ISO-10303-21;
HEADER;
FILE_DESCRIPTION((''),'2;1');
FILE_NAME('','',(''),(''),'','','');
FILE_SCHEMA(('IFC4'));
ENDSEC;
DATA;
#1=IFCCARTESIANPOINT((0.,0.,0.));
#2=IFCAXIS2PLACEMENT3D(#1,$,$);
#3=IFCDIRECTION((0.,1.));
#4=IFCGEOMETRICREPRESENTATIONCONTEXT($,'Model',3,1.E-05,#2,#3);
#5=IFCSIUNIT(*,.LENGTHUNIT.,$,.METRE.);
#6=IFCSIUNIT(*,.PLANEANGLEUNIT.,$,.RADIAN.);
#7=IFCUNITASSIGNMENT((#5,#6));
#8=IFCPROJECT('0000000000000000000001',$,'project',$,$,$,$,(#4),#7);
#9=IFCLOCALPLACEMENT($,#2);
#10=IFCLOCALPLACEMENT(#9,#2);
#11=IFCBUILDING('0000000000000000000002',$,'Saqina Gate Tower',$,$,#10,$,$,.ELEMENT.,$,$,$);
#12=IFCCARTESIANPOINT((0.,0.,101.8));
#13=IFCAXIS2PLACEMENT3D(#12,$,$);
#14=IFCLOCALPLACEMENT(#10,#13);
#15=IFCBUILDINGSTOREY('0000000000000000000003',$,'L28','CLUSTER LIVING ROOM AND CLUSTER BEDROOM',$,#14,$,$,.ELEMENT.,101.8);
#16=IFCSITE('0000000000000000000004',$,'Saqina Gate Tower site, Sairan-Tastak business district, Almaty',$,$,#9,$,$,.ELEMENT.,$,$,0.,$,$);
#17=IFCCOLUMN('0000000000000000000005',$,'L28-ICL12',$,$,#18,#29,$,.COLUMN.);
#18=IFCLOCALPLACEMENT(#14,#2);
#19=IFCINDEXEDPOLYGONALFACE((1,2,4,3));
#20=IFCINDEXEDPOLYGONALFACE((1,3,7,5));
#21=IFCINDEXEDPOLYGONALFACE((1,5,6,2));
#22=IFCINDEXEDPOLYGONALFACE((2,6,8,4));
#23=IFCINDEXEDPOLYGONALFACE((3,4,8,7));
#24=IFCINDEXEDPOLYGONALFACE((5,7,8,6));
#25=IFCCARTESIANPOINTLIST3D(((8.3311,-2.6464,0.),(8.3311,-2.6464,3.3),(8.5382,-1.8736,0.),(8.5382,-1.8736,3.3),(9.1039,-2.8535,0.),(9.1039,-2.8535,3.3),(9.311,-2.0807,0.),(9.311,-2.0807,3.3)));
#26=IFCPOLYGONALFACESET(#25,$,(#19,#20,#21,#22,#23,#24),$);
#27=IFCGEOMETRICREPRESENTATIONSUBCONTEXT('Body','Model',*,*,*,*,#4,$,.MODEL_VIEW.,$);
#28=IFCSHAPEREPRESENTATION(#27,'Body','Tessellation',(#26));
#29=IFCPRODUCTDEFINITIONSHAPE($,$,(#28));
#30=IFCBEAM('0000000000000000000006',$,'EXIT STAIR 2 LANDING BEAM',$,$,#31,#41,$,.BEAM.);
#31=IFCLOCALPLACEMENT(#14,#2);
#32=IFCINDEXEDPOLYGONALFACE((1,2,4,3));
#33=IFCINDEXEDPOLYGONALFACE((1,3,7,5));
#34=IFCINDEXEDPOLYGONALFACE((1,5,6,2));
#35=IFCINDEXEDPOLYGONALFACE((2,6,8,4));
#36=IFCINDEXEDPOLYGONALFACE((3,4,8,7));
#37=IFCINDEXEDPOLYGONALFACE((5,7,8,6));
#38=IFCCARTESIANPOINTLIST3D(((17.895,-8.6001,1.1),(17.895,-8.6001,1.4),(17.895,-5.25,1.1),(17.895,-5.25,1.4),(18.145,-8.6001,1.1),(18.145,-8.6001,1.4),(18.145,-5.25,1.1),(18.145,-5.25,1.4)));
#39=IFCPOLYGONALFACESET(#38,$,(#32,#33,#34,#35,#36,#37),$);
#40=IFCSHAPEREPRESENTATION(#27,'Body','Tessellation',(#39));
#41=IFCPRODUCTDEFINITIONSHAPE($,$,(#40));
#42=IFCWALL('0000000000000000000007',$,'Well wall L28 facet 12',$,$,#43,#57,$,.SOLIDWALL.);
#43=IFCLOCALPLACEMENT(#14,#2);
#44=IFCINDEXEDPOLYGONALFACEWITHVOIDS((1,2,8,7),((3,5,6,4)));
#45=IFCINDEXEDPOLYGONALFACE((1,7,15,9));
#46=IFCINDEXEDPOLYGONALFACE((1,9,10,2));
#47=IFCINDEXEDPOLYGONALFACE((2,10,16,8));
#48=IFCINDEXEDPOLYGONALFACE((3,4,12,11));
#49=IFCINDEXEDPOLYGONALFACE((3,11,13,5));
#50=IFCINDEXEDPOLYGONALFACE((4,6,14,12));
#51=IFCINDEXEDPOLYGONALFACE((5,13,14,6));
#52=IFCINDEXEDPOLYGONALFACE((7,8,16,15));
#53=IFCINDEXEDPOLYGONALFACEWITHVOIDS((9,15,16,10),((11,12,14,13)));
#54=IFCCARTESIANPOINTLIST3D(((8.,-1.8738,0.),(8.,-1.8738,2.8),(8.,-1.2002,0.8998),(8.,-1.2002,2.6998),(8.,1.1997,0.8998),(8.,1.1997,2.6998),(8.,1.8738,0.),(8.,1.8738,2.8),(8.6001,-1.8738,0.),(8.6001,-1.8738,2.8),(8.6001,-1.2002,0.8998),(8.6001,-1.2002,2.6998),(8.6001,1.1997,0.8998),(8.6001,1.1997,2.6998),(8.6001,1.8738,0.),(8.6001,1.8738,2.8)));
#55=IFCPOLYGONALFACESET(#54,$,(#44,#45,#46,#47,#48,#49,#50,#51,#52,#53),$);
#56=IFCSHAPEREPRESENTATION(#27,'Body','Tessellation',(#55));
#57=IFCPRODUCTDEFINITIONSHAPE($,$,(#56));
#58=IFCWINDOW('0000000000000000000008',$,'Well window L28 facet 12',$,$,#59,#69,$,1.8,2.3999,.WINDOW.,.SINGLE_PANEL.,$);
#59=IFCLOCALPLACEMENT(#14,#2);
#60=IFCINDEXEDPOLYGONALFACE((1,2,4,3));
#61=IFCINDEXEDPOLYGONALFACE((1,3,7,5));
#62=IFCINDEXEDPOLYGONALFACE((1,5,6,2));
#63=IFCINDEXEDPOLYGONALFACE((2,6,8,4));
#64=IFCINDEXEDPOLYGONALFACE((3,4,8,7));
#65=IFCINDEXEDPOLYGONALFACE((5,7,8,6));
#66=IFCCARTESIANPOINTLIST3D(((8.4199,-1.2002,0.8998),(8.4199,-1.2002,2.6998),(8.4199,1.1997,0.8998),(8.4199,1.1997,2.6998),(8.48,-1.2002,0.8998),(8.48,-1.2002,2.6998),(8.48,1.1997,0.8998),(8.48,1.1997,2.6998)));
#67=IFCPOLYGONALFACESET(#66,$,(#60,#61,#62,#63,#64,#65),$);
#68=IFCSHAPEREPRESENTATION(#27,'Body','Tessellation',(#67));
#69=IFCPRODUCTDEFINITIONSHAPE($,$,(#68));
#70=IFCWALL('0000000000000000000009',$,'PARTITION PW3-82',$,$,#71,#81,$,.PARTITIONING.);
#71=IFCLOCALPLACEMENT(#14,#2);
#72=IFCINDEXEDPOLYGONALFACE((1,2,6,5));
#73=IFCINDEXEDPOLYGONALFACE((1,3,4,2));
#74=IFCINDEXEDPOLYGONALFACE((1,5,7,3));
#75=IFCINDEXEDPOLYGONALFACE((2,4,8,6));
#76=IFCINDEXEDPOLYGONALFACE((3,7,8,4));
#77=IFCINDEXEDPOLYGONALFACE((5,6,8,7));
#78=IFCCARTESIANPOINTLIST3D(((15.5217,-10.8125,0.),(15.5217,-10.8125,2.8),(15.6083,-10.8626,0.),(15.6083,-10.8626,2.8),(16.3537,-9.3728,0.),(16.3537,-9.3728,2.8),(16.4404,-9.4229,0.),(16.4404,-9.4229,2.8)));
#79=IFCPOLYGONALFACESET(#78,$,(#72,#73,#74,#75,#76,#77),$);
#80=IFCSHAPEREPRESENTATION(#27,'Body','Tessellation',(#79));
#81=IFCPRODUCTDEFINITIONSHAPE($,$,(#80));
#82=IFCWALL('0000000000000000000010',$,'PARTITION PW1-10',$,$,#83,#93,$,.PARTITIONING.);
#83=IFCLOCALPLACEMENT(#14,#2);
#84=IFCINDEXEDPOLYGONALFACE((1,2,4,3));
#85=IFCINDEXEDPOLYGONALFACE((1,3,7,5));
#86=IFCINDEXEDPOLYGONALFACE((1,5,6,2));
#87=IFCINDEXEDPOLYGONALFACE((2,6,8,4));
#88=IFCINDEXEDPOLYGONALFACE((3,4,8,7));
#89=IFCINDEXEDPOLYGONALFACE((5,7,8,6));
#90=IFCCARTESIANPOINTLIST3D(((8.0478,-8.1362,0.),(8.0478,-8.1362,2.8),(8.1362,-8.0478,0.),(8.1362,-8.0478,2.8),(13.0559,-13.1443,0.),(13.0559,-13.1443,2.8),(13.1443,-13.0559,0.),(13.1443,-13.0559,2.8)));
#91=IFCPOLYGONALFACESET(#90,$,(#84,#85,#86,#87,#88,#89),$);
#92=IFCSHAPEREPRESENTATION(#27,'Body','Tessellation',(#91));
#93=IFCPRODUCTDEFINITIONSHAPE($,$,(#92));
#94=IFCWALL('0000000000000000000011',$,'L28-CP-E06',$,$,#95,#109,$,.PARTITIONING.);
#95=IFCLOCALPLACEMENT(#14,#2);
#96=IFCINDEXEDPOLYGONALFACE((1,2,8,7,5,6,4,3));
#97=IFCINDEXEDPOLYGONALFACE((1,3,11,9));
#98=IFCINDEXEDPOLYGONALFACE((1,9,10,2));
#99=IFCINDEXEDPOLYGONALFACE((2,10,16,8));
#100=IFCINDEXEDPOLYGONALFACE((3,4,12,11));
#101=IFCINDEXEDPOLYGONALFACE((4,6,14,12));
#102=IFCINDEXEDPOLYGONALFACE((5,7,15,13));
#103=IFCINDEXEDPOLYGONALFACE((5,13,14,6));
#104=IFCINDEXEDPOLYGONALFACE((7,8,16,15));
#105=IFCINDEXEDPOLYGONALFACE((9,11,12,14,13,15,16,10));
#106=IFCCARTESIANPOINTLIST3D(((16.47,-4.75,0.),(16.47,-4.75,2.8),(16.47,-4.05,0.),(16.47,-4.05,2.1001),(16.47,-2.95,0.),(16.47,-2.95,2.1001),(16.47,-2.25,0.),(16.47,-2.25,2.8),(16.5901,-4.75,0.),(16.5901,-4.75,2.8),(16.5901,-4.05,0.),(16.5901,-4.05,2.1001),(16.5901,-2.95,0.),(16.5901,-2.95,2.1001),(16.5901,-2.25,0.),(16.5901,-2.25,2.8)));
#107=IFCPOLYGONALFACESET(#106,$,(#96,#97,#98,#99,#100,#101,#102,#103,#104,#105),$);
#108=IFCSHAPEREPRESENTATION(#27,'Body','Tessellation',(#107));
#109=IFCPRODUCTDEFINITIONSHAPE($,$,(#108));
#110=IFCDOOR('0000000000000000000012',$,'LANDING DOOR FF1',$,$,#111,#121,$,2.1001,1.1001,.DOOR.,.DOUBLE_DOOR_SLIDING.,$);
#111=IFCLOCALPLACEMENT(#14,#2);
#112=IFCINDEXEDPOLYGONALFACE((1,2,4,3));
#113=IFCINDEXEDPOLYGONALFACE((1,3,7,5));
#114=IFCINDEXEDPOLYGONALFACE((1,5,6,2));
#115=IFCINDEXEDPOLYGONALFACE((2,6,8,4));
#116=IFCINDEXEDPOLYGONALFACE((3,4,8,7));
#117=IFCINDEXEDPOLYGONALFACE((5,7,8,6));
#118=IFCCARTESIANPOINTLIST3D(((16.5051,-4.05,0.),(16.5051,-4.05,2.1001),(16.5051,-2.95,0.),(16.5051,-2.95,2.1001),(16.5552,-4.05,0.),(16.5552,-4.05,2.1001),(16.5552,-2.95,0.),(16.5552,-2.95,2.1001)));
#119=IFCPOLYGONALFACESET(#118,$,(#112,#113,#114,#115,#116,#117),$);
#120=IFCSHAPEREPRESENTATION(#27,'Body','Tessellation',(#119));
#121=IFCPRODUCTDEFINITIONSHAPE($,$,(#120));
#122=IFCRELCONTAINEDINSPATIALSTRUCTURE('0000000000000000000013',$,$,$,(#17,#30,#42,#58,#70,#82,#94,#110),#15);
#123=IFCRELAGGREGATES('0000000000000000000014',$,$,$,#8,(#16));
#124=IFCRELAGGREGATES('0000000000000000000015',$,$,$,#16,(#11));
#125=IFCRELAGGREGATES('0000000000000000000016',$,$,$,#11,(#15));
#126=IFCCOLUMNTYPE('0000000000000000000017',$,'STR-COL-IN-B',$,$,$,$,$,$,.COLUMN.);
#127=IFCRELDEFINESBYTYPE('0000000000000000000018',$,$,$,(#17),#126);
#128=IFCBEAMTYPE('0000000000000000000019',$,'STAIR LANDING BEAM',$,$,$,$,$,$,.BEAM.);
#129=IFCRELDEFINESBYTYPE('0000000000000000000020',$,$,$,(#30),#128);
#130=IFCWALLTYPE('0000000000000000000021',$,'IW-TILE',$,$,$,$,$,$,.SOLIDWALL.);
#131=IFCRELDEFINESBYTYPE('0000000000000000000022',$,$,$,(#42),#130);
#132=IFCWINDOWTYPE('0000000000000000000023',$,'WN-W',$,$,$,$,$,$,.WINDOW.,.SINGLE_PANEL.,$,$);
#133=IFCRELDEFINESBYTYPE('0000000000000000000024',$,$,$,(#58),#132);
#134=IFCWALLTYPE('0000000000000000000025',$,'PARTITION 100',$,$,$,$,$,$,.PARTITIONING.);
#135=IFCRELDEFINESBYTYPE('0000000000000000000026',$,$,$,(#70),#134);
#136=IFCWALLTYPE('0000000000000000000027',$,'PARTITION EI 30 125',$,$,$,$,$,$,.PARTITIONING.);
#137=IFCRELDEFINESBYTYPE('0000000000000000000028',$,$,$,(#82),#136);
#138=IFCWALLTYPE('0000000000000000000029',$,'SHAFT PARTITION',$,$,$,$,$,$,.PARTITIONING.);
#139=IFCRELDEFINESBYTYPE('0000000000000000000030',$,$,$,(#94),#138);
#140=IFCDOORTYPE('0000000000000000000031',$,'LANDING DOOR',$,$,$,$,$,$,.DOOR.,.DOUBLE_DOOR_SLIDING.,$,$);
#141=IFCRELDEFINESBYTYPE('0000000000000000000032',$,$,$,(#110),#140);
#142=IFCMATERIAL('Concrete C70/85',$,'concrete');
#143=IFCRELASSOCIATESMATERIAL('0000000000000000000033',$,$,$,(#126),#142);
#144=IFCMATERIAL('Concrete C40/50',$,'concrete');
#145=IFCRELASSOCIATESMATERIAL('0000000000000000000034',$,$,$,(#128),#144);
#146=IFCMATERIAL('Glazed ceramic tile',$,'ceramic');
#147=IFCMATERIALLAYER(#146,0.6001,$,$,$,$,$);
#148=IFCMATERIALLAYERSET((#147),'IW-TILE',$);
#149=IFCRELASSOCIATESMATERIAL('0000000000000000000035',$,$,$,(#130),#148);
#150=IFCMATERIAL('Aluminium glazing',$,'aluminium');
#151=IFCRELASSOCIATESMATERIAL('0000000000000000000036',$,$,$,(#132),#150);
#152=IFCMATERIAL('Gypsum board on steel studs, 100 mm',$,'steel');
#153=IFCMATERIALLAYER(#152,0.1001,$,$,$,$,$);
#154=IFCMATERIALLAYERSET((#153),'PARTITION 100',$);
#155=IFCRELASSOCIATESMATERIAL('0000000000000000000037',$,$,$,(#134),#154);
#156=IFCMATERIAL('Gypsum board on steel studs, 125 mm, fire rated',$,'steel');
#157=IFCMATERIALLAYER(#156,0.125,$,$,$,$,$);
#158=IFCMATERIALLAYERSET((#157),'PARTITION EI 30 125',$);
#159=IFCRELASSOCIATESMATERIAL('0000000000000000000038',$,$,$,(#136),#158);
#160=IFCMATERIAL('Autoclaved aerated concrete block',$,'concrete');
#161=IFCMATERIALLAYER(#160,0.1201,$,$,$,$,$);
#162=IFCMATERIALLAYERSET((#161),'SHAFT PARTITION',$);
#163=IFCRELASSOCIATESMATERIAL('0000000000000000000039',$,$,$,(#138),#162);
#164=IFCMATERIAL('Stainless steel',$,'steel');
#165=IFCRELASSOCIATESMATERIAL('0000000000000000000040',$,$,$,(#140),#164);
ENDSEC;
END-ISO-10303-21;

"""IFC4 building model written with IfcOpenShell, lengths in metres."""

from ifc_helpers import new_model, si_unit, direction, frame, frame_2d, origin, origin_2d, place, context, subcontext, project, spatial, rectangle, extrude, material, layer, layer_set, material_profile, profile_set, type_object, element, fill, save


model = new_model("IFC4")

# Units and contexts
model_context = context("Model", 3, precision=1e-05, world=origin(), true_north=direction((0.0, 1.0)))
body_context = subcontext(model_context, "Body", "Model", "MODEL_VIEW")
ifc_project = project(units=[si_unit("LENGTHUNIT", "METRE"), si_unit("PLANEANGLEUNIT", "RADIAN")], contexts=[model_context])

# Site, building, storey
site_placement = place(None, origin())
site = spatial("IfcSite", under=ifc_project, at=site_placement, Name="Saqina Gate Tower site, Sairan-Tastak business district, Almaty", CompositionType="ELEMENT", RefElevation=0.0)
building_placement = place(site_placement, origin())
building = spatial("IfcBuilding", under=site, at=building_placement, Name="Saqina Gate Tower", CompositionType="ELEMENT")
storey_placement = place(building_placement, frame((0.0, 0.0, 101.8)))
storey = spatial("IfcBuildingStorey", under=building, at=storey_placement, Name="L28", Description="CLUSTER LIVING ROOM AND CLUSTER BEDROOM", CompositionType="ELEMENT", Elevation=101.8)

# Column
ifc_material_1 = material(Name="Concrete C70/85", Category="concrete")
ifc_material_profile_1 = material_profile(ifc_material_1, rectangle(XDim=0.8, YDim=0.8, at=origin_2d()), Name="RC 800x800")
ifc_profile_set_1 = profile_set([ifc_material_profile_1], Name="Concrete C70/85")
column_type = type_object("IfcColumnType", Name="STR-COL-IN-B", PredefinedType="COLUMN", material=ifc_profile_set_1)
column_placement = place(storey_placement, frame((8.821, -2.3635, 0.0), z_axis=(0.0, 0.0, 1.0), x_axis=(0.965926, -0.258819, 0.0)))
element("IfcColumn", 1, at=column_placement, inside=storey, type_object=column_type, Name="L28-ICL12", PredefinedType="COLUMN", context=body_context, shape_type="SweptSolid", body=[
    extrude(rectangle(XDim=0.8, YDim=0.8, at=origin_2d()), origin(), (0.0, 0.0, 1.0), 3.3),
])

# Beam
ifc_material_2 = material(Name="Concrete C40/50", Category="concrete")
ifc_material_profile_2 = material_profile(ifc_material_2, rectangle(XDim=0.25, YDim=0.3, at=origin_2d()), Name="STAIR LANDING BEAM")
ifc_profile_set_2 = profile_set([ifc_material_profile_2], Name="Concrete C40/50")
beam_type = type_object("IfcBeamType", Name="STAIR LANDING BEAM", PredefinedType="BEAM", material=ifc_profile_set_2)
beam_placement = place(storey_placement, frame((18.02, -8.6001, 1.25), z_axis=(0.0, 1.0, 0.0), x_axis=(-1.0, 0.0, 0.0)))
element("IfcBeam", 2, at=beam_placement, inside=storey, type_object=beam_type, Name="EXIT STAIR 2 LANDING BEAM", PredefinedType="BEAM", context=body_context, shape_type="SweptSolid", body=[
    extrude(rectangle(XDim=0.25, YDim=0.3, at=origin_2d()), origin(), (0.0, 0.0, 1.0), 3.3501),
])

# Wall, opening, window
ifc_material_3 = material(Name="Glazed ceramic tile", Category="ceramic")
ifc_layer_1 = layer(ifc_material_3, 0.6001)
ifc_layer_set_1 = layer_set([ifc_layer_1], Name="IW-TILE")
wall_type_1 = type_object("IfcWallType", Name="IW-TILE", PredefinedType="SOLIDWALL", material=ifc_layer_set_1)
wall_1_placement = place(storey_placement, frame((8.3, -1.8738, 0.0), z_axis=(0.0, 0.0, 1.0), x_axis=(0.0, 1.0, 0.0)))
wall_1 = element("IfcWall", 3, at=wall_1_placement, inside=storey, type_object=wall_type_1, Name="Well wall L28 facet 12", PredefinedType="SOLIDWALL", context=body_context, shape_type="SweptSolid", body=[
    extrude(rectangle(XDim=3.7476, YDim=0.6001, at=frame_2d((1.8738, 0.0))), origin(), (0.0, 0.0, 1.0), 2.8),
])
opening_1_placement = place(wall_1_placement, frame((0.6736, 0.0, 0.8999)))
opening_1 = element("IfcOpeningElement", 4, at=opening_1_placement, cuts=wall_1, PredefinedType="OPENING", context=body_context, shape_type="SweptSolid", body=[
    extrude(rectangle(XDim=2.3999, YDim=1.8, at=frame_2d((1.2, 0.8999))), frame((0.0, 0.312, 0.0), z_axis=(0.0, -1.0, 0.0), x_axis=(1.0, 0.0, 0.0)), (0.0, 0.0, 1.0), 0.624),
])
ifc_material_4 = material(Name="Aluminium glazing", Category="aluminium")
window_type = type_object("IfcWindowType", Name="WN-W", PartitioningType="SINGLE_PANEL", PredefinedType="WINDOW", material=ifc_material_4)
window_placement = place(opening_1_placement, origin())
window = element("IfcWindow", 5, at=window_placement, inside=storey, type_object=window_type, Name="Well window L28 facet 12", OverallHeight=1.8, OverallWidth=2.3999, PartitioningType="SINGLE_PANEL", PredefinedType="WINDOW", context=body_context, shape_type="SweptSolid", body=[
    extrude(rectangle(XDim=2.3999, YDim=1.8, at=frame_2d((1.2, 0.8999))), frame((0.0, -0.1199, 0.0), z_axis=(0.0, -1.0, 0.0), x_axis=(1.0, 0.0, 0.0)), (0.0, 0.0, 1.0), 0.0601),
])
fill(opening_1, window)

# Walls
ifc_material_5 = material(Name="Gypsum board on steel studs, 100 mm", Category="steel")
ifc_layer_2 = layer(ifc_material_5, 0.1001)
ifc_layer_set_2 = layer_set([ifc_layer_2], Name="PARTITION 100")
wall_type_2 = type_object("IfcWallType", Name="PARTITION 100", PredefinedType="PARTITIONING", material=ifc_layer_set_2)
wall_2_placement = place(storey_placement, frame((15.5649, -10.8376, 0.0), z_axis=(0.0, 0.0, 1.0), x_axis=(0.500371, 0.865811, 0.0)))
element("IfcWall", 6, at=wall_2_placement, inside=storey, type_object=wall_type_2, Name="PARTITION PW3-82", PredefinedType="PARTITIONING", context=body_context, shape_type="SweptSolid", body=[
    extrude(rectangle(XDim=1.6628, YDim=0.1001, at=frame_2d((0.8315, 0.0))), origin(), (0.0, 0.0, 1.0), 2.8),
])
ifc_material_6 = material(Name="Gypsum board on steel studs, 125 mm, fire rated", Category="steel")
ifc_layer_3 = layer(ifc_material_6, 0.125)
ifc_layer_set_3 = layer_set([ifc_layer_3], Name="PARTITION EI 30 125")
wall_type_3 = type_object("IfcWallType", Name="PARTITION EI 30 125", PredefinedType="PARTITIONING", material=ifc_layer_set_3)
wall_3_placement = place(storey_placement, frame((8.092, -8.092, 0.0), z_axis=(0.0, 0.0, 1.0), x_axis=(0.707107, -0.707107, 0.0)))
element("IfcWall", 7, at=wall_3_placement, inside=storey, type_object=wall_type_3, Name="PARTITION PW1-10", PredefinedType="PARTITIONING", context=body_context, shape_type="SweptSolid", body=[
    extrude(rectangle(XDim=7.0825, YDim=0.125, at=frame_2d((3.5413, 0.0))), origin(), (0.0, 0.0, 1.0), 2.8),
])

# Wall, opening, door
ifc_material_7 = material(Name="Autoclaved aerated concrete block", Category="concrete")
ifc_layer_4 = layer(ifc_material_7, 0.1201)
ifc_layer_set_4 = layer_set([ifc_layer_4], Name="SHAFT PARTITION")
wall_type_4 = type_object("IfcWallType", Name="SHAFT PARTITION", PredefinedType="PARTITIONING", material=ifc_layer_set_4)
wall_4_placement = place(storey_placement, frame((16.53, -4.75, 0.0), z_axis=(0.0, 0.0, 1.0), x_axis=(0.0, 1.0, 0.0)))
wall_4 = element("IfcWall", 8, at=wall_4_placement, inside=storey, type_object=wall_type_4, Name="L28-CP-E06", PredefinedType="PARTITIONING", context=body_context, shape_type="SweptSolid", body=[
    extrude(rectangle(XDim=2.5, YDim=0.1201, at=frame_2d((1.25, 0.0))), origin(), (0.0, 0.0, 1.0), 2.8),
])
opening_2_placement = place(wall_4_placement, frame((0.7, 0.0, 0.0)))
opening_2 = element("IfcOpeningElement", 9, at=opening_2_placement, cuts=wall_4, PredefinedType="OPENING", context=body_context, shape_type="SweptSolid", body=[
    extrude(rectangle(XDim=1.1001, YDim=2.1001, at=frame_2d((0.55, 1.05))), frame((0.0, 0.072, 0.0), z_axis=(0.0, -1.0, 0.0), x_axis=(1.0, 0.0, 0.0)), (0.0, 0.0, 1.0), 0.144),
])
ifc_material_8 = material(Name="Stainless steel", Category="steel")
door_type_1 = type_object("IfcDoorType", Name="LANDING DOOR", OperationType="DOUBLE_DOOR_SLIDING", PredefinedType="DOOR", material=ifc_material_8)
door_1_placement = place(opening_2_placement, origin())
door_1 = element("IfcDoor", 10, at=door_1_placement, inside=storey, type_object=door_type_1, Name="LANDING DOOR FF1", OperationType="DOUBLE_DOOR_SLIDING", OverallHeight=2.1001, OverallWidth=1.1001, PredefinedType="DOOR", context=body_context, shape_type="SweptSolid", body=[
    extrude(rectangle(XDim=1.1001, YDim=2.1001, at=frame_2d((0.55, 1.05))), frame((0.0, 0.0249, 0.0), z_axis=(0.0, -1.0, 0.0), x_axis=(1.0, 0.0, 0.0)), (0.0, 0.0, 1.0), 0.05),
])
fill(opening_2, door_1)

save(model, "model.ifc")
